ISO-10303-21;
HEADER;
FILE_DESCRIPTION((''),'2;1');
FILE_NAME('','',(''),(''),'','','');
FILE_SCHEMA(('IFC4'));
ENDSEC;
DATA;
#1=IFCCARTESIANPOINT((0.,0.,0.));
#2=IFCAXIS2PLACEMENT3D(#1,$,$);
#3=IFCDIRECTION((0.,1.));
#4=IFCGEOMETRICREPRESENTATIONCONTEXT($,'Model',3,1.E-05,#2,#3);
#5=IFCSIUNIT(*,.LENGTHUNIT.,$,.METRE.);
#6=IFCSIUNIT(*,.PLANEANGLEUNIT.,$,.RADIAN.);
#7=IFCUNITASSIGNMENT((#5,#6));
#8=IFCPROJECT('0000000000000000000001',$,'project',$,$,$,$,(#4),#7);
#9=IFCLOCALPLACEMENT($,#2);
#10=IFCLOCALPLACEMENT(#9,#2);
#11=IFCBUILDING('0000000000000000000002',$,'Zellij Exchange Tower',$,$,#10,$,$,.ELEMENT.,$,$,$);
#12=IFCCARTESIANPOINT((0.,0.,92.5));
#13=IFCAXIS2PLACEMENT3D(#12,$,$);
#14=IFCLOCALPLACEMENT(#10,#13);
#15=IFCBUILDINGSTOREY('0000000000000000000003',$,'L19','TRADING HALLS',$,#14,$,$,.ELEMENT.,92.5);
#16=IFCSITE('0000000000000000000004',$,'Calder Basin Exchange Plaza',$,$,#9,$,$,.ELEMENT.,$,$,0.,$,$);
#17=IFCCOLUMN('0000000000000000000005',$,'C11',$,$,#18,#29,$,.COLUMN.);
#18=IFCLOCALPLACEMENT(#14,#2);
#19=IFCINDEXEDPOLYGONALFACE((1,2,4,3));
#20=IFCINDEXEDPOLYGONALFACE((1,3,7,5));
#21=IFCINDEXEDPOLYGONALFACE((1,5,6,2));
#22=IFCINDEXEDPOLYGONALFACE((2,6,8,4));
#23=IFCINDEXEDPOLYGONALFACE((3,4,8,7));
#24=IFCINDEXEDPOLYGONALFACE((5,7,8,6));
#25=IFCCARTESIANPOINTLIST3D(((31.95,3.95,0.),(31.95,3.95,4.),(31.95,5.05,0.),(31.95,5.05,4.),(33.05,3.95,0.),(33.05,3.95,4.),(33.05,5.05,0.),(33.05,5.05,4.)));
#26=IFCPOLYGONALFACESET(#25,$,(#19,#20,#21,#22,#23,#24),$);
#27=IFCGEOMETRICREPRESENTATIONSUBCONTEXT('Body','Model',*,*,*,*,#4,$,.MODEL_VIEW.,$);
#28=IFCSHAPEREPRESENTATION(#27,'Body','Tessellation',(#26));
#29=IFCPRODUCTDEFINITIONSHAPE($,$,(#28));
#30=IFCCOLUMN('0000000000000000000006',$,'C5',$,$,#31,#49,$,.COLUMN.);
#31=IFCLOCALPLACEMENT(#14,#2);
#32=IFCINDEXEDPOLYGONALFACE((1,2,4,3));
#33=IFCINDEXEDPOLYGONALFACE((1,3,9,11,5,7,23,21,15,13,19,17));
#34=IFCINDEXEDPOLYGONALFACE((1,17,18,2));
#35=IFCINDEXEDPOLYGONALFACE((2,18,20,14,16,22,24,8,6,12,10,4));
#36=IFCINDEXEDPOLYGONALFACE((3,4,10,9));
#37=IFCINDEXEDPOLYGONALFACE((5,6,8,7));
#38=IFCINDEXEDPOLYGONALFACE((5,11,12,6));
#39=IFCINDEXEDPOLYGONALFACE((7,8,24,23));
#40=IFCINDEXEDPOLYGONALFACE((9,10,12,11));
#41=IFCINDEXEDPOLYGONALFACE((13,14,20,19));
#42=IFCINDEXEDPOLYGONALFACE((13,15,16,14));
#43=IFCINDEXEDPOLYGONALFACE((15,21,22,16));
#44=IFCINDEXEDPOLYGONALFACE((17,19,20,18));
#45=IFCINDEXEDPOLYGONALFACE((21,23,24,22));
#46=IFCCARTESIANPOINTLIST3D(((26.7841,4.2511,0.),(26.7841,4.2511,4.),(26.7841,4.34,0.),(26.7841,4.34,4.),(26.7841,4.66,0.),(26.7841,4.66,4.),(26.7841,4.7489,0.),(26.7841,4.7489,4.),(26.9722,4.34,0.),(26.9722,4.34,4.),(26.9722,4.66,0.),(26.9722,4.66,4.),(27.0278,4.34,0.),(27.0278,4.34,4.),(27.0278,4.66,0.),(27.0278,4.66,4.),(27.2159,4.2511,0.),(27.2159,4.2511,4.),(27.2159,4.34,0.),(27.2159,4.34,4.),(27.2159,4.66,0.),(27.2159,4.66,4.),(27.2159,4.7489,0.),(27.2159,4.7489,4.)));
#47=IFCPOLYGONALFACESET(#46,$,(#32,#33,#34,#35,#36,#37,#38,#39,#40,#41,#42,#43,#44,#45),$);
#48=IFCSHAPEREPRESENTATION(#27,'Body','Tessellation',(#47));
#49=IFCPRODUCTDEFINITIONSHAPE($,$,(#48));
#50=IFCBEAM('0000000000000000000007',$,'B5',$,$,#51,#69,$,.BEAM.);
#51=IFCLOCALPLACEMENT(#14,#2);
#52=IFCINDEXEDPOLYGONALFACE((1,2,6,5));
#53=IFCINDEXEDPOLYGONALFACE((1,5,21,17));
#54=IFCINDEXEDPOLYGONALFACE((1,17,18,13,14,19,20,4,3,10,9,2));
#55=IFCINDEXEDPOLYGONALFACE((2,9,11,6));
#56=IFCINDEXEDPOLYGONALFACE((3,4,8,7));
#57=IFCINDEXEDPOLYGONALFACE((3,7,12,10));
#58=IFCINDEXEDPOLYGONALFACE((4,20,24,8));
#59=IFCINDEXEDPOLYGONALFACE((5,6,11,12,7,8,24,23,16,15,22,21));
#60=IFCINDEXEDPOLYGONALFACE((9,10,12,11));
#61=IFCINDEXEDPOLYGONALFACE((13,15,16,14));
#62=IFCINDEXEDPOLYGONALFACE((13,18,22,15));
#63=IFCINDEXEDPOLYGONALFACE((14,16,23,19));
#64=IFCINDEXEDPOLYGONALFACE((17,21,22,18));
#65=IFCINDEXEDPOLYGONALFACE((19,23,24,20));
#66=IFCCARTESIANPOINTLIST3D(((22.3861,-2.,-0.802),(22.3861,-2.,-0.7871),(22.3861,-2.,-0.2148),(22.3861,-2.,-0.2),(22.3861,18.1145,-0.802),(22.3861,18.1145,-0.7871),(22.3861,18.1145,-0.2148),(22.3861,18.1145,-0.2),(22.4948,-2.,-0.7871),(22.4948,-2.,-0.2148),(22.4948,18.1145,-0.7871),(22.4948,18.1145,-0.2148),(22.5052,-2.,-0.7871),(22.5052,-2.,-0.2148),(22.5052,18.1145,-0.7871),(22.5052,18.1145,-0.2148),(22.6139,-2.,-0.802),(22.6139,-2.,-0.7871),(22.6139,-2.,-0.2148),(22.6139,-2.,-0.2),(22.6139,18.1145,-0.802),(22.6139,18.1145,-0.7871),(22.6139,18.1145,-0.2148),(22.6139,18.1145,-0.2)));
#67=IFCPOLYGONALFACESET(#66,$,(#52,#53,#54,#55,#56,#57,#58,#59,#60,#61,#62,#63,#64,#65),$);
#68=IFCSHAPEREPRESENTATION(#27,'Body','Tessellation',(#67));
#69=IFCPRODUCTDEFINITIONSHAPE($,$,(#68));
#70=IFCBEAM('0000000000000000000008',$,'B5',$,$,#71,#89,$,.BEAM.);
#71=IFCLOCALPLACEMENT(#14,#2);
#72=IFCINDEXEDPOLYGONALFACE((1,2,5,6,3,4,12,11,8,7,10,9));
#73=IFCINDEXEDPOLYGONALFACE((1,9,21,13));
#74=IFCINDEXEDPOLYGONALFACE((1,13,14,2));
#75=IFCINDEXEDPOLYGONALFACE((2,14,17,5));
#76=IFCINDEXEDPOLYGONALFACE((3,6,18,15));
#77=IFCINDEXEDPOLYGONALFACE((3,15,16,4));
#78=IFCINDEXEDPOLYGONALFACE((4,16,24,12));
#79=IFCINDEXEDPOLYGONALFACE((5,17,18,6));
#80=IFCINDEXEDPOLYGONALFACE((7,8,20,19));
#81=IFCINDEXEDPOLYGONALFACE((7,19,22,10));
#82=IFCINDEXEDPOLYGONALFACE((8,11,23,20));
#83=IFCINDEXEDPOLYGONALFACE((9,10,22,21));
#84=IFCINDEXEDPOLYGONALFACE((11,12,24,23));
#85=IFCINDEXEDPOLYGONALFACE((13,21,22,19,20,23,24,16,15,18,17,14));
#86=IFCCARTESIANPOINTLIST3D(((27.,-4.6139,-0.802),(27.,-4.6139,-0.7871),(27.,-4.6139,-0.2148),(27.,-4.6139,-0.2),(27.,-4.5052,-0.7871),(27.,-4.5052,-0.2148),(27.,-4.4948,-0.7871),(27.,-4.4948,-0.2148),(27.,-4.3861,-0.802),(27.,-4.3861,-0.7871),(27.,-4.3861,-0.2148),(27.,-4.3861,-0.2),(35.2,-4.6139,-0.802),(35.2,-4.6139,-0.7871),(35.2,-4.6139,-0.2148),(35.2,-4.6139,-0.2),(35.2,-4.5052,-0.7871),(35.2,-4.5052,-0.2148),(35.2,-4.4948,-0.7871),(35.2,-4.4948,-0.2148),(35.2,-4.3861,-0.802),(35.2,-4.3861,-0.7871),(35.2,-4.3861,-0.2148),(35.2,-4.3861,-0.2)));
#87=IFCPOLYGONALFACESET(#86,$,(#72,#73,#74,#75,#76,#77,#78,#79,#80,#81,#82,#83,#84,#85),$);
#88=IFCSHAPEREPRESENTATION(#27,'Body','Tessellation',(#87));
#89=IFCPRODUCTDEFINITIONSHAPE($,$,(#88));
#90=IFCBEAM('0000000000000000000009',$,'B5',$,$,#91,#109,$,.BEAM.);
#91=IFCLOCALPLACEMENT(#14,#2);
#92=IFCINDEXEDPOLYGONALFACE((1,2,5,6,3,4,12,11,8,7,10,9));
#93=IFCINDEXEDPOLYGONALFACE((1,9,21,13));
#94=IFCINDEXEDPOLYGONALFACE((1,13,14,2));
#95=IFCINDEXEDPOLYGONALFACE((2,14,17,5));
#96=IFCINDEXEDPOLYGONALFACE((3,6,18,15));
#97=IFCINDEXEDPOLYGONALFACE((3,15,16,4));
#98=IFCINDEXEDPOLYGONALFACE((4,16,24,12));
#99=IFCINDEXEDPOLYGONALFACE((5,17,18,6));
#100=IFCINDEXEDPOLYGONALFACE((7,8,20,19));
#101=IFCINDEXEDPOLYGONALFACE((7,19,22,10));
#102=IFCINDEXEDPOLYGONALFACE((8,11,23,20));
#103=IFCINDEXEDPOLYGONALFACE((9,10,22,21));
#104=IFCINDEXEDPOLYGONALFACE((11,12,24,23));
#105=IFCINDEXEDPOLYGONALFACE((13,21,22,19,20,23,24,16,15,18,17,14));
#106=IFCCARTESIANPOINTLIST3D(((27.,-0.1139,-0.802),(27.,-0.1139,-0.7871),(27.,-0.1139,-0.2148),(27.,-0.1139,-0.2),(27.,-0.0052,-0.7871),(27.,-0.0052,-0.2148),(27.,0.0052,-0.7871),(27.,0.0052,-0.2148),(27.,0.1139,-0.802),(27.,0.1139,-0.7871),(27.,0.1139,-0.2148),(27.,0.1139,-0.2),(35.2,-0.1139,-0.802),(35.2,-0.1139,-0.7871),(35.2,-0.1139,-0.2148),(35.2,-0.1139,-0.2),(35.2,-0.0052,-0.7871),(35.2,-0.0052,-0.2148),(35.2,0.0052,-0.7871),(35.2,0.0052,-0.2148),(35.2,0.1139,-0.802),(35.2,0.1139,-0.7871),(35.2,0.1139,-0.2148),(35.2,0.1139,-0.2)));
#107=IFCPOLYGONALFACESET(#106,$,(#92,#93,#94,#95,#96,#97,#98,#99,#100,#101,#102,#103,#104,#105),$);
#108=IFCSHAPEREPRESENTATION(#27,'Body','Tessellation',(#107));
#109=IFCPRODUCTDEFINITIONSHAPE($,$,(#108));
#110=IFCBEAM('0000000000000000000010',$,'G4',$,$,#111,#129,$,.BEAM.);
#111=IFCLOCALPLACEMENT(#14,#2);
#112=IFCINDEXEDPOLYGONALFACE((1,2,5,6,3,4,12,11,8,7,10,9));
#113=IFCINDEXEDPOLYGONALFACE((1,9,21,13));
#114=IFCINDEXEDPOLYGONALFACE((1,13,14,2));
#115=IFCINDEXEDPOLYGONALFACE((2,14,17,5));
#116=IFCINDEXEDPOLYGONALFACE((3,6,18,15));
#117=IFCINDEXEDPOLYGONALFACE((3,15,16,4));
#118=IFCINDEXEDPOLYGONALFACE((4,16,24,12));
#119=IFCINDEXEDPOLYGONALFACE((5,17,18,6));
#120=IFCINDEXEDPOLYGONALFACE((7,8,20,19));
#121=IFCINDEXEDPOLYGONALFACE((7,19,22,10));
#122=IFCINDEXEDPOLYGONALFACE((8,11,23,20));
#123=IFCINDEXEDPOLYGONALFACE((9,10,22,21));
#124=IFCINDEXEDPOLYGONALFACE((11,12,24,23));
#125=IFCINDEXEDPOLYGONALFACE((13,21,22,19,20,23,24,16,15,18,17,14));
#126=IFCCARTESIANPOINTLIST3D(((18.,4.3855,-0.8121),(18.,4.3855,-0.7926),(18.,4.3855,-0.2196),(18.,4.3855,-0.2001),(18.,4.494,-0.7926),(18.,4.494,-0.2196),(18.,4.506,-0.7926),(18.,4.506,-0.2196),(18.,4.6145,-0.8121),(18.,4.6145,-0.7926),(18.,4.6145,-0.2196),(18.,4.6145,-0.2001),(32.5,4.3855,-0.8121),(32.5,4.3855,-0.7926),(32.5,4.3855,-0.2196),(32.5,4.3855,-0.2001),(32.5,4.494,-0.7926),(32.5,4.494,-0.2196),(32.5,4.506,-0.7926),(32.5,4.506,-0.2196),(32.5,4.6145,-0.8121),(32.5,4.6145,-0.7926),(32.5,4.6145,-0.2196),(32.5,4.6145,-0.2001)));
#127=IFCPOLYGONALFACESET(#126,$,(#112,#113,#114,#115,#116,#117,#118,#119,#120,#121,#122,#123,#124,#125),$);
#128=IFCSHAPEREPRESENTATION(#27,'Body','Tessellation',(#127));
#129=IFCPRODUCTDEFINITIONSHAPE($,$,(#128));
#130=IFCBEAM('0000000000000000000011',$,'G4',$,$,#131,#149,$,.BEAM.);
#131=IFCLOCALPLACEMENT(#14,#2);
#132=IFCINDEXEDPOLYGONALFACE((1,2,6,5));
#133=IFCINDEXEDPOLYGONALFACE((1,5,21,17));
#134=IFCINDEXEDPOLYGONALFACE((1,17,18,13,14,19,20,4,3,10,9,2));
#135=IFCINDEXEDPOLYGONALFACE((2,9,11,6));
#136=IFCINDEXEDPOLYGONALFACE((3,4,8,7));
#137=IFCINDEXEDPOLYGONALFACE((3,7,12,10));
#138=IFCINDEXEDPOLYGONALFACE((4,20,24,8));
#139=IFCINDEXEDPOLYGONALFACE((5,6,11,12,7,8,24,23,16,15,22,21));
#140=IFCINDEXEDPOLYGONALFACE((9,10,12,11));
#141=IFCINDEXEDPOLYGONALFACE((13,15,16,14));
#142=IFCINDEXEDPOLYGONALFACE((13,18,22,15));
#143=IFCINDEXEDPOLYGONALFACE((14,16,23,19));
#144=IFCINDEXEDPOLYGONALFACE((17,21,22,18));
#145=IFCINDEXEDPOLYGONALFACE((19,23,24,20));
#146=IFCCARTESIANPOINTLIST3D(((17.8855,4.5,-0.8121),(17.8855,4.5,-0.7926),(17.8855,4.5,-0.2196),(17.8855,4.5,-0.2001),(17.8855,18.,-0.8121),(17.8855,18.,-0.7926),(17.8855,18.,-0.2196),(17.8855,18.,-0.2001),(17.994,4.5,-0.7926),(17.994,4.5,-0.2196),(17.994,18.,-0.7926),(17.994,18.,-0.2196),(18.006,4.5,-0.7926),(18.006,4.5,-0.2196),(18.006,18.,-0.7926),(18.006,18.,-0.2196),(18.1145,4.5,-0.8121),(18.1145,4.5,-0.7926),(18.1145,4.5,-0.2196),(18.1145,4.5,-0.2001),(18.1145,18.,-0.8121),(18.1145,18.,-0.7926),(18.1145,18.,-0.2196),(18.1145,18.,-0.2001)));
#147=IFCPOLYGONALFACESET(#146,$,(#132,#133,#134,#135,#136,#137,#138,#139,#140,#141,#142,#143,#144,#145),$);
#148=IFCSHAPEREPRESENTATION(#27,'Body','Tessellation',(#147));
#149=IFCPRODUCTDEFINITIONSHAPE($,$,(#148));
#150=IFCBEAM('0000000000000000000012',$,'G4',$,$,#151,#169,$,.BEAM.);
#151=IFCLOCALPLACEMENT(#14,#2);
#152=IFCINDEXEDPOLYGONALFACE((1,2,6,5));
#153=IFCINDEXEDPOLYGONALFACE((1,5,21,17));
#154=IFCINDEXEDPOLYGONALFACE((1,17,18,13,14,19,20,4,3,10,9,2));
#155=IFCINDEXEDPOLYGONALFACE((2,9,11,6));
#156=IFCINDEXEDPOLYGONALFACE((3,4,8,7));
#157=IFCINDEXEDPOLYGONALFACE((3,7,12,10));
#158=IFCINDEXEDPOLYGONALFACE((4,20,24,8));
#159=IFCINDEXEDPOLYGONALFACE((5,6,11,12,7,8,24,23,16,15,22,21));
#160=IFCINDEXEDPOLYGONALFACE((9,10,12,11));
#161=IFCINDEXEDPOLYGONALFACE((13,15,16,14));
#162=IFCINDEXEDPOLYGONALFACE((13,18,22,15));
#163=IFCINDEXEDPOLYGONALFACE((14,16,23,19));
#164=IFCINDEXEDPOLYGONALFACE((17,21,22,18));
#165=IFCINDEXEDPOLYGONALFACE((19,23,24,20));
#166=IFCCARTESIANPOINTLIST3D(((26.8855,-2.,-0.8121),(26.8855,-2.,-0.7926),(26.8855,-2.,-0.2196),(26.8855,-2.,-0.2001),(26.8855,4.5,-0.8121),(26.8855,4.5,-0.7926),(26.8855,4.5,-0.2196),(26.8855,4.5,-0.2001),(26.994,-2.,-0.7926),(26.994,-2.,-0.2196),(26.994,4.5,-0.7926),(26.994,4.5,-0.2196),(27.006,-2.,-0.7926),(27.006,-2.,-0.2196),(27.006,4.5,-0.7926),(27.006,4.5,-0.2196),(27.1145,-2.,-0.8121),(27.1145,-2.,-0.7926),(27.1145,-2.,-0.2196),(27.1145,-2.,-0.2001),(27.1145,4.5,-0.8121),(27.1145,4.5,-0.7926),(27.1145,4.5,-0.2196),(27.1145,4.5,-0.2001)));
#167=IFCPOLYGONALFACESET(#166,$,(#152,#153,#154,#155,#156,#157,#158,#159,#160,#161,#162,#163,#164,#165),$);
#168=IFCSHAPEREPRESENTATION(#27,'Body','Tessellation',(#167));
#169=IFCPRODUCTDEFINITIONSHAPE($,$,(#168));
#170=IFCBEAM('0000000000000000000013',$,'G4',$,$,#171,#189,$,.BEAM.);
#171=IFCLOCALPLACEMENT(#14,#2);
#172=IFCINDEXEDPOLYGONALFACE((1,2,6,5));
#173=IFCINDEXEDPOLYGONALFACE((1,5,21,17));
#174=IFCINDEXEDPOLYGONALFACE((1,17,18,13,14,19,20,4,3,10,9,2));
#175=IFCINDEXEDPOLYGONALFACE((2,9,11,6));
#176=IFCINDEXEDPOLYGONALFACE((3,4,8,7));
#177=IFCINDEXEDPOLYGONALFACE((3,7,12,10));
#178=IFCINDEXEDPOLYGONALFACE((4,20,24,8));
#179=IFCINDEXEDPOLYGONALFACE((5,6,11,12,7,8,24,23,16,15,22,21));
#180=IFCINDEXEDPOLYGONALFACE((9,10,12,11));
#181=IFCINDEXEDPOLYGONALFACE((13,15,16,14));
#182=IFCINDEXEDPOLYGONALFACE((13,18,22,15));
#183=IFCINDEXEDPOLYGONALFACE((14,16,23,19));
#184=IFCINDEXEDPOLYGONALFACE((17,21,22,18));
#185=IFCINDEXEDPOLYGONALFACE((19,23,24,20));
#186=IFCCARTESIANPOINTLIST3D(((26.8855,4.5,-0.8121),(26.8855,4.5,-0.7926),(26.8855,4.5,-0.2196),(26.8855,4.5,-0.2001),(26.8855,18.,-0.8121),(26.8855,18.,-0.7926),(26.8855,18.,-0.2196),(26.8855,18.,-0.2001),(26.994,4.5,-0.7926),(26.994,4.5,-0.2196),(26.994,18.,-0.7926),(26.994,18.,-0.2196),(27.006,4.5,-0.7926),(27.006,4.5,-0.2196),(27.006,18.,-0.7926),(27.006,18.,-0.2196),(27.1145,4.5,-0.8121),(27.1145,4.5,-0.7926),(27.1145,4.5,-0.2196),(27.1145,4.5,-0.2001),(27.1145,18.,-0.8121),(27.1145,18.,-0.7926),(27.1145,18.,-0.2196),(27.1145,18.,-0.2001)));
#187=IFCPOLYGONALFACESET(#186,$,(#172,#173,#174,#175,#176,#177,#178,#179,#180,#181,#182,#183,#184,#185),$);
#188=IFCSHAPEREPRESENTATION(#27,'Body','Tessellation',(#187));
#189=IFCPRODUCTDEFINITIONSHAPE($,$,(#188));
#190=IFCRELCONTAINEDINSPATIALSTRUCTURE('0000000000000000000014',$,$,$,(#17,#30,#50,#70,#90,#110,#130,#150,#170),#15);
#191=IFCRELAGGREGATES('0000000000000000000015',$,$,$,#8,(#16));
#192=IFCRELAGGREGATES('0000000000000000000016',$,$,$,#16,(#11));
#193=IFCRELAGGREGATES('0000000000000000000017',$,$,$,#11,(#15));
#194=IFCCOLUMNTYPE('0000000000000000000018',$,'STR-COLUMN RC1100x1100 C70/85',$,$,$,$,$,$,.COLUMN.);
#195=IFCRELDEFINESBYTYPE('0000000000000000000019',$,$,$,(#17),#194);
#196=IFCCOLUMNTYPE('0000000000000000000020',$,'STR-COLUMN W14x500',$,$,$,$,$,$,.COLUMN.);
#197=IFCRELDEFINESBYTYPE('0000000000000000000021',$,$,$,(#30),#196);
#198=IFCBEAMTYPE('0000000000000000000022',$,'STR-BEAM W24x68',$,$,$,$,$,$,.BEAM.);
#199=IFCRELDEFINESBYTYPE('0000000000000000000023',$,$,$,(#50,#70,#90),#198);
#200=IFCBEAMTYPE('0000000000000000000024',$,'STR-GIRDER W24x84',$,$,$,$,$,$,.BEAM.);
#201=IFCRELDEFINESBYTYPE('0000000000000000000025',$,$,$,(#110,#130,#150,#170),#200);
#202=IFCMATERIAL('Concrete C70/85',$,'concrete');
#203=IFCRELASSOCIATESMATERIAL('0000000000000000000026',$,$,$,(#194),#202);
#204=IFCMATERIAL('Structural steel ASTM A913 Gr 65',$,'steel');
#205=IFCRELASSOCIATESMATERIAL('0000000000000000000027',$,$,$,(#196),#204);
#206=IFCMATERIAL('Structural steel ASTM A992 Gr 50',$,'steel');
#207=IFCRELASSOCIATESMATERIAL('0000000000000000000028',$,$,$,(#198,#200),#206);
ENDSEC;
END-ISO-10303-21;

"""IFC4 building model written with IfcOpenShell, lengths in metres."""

from ifc_helpers import new_model, si_unit, direction, frame, origin, origin_2d, place, context, subcontext, project, spatial, rectangle, i_section, extrude, material, material_profile, profile_set, type_object, element, save


model = new_model("IFC4")

# Units and contexts
model_context = context("Model", 3, precision=1e-05, world=origin(), true_north=direction((0.0, 1.0)))
body_context = subcontext(model_context, "Body", "Model", "MODEL_VIEW")
ifc_project = project(units=[si_unit("LENGTHUNIT", "METRE"), si_unit("PLANEANGLEUNIT", "RADIAN")], contexts=[model_context])

# Site, building, storey
site_placement = place(None, origin())
site = spatial("IfcSite", under=ifc_project, at=site_placement, Name="Calder Basin Exchange Plaza", CompositionType="ELEMENT", RefElevation=0.0)
building_placement = place(site_placement, origin())
building = spatial("IfcBuilding", under=site, at=building_placement, Name="Zellij Exchange Tower", CompositionType="ELEMENT")
storey_placement = place(building_placement, frame((0.0, 0.0, 92.5)))
storey = spatial("IfcBuildingStorey", under=building, at=storey_placement, Name="L19", Description="TRADING HALLS", CompositionType="ELEMENT", Elevation=92.5)

# Columns
ifc_material_1 = material(Name="Concrete C70/85", Category="concrete")
ifc_material_profile_1 = material_profile(ifc_material_1, rectangle(XDim=1.1001, YDim=1.1001, at=origin_2d()), Name="STR-COLUMN RC1100x1100 C70/85")
ifc_profile_set_1 = profile_set([ifc_material_profile_1], Name="Concrete C70/85")
column_type_1 = type_object("IfcColumnType", Name="STR-COLUMN RC1100x1100 C70/85", PredefinedType="COLUMN", material=ifc_profile_set_1)
column_1_placement = place(storey_placement, frame((32.5, 4.5, 0.0), z_axis=(0.0, 0.0, 1.0), x_axis=(1.0, 0.0, 0.0)))
element("IfcColumn", 1, at=column_1_placement, inside=storey, type_object=column_type_1, Name="C11", PredefinedType="COLUMN", context=body_context, shape_type="SweptSolid", body=[
    extrude(rectangle(XDim=1.1001, YDim=1.1001, at=origin_2d()), origin(), (0.0, 0.0, 1.0), 4.0),
])
ifc_material_2 = material(Name="Structural steel ASTM A913 Gr 65", Category="steel")
ifc_material_profile_2 = material_profile(ifc_material_2, i_section(OverallWidth=0.4319, OverallDepth=0.4978, WebThickness=0.0557, FlangeThickness=0.0889, at=origin_2d()), Name="W14x500")
ifc_profile_set_2 = profile_set([ifc_material_profile_2], Name="Structural steel ASTM A913 Gr 65")
column_type_2 = type_object("IfcColumnType", Name="STR-COLUMN W14x500", PredefinedType="COLUMN", material=ifc_profile_set_2)
column_2_placement = place(storey_placement, frame((27.0, 4.5, 0.0), z_axis=(0.0, 0.0, 1.0), x_axis=(1.0, 0.0, 0.0)))
element("IfcColumn", 2, at=column_2_placement, inside=storey, type_object=column_type_2, Name="C5", PredefinedType="COLUMN", context=body_context, shape_type="SweptSolid", body=[
    extrude(i_section(OverallWidth=0.4319, OverallDepth=0.4978, WebThickness=0.0557, FlangeThickness=0.0889, at=origin_2d()), origin(), (0.0, 0.0, 1.0), 4.0),
])

# Beams
ifc_material_3 = material(Name="Structural steel ASTM A992 Gr 50", Category="steel")
ifc_material_profile_3 = material_profile(ifc_material_3, i_section(OverallWidth=0.2278, OverallDepth=0.6021, WebThickness=0.0105, FlangeThickness=0.0149, at=origin_2d()), Name="W24x68")
ifc_profile_set_3 = profile_set([ifc_material_profile_3], Name="Structural steel ASTM A992 Gr 50")
beam_type_1 = type_object("IfcBeamType", Name="STR-BEAM W24x68", PredefinedType="BEAM", material=ifc_profile_set_3)
beam_1_placement = place(storey_placement, frame((22.5, -2.0, -0.501), z_axis=(0.0, 1.0, 0.0), x_axis=(-1.0, 0.0, 0.0)))
element("IfcBeam", 3, at=beam_1_placement, inside=storey, type_object=beam_type_1, Name="B5", PredefinedType="BEAM", context=body_context, shape_type="SweptSolid", body=[
    extrude(i_section(OverallWidth=0.2278, OverallDepth=0.6021, WebThickness=0.0105, FlangeThickness=0.0149, at=origin_2d()), origin(), (0.0, 0.0, 1.0), 20.1145),
])
for number, where, z_axis, x_axis, name in (
    (4, (27.0, -4.5, -0.501), (1.0, 0.0, 0.0), (0.0, 1.0, 0.0), "B5"),
    (5, (27.0, 0.0, -0.501), (1.0, 0.0, 0.0), (0.0, 1.0, 0.0), "B5"),
):
    element("IfcBeam", number, at=place(storey_placement, frame(where, z_axis=z_axis, x_axis=x_axis)), inside=storey, type_object=beam_type_1, Name=name, PredefinedType="BEAM", context=body_context, shape_type="SweptSolid", body=[
        extrude(i_section(OverallWidth=0.2278, OverallDepth=0.6021, WebThickness=0.0105, FlangeThickness=0.0149, at=origin_2d()), origin(), (0.0, 0.0, 1.0), 8.2),
    ])
ifc_material_profile_4 = material_profile(ifc_material_3, i_section(OverallWidth=0.229, OverallDepth=0.6121, WebThickness=0.012, FlangeThickness=0.0195, at=origin_2d()), Name="W24x84")
ifc_profile_set_4 = profile_set([ifc_material_profile_4], Name="Structural steel ASTM A992 Gr 50")
beam_type_2 = type_object("IfcBeamType", Name="STR-GIRDER W24x84", PredefinedType="BEAM", material=ifc_profile_set_4)
beam_2_placement = place(storey_placement, frame((18.0, 4.5, -0.5061), z_axis=(1.0, 0.0, 0.0), x_axis=(0.0, 1.0, 0.0)))
element("IfcBeam", 6, at=beam_2_placement, inside=storey, type_object=beam_type_2, Name="G4", PredefinedType="BEAM", context=body_context, shape_type="SweptSolid", body=[
    extrude(i_section(OverallWidth=0.229, OverallDepth=0.6121, WebThickness=0.012, FlangeThickness=0.0195, at=origin_2d()), origin(), (0.0, 0.0, 1.0), 14.5),
])
beam_3_placement = place(storey_placement, frame((18.0, 4.5, -0.5061), z_axis=(0.0, 1.0, 0.0), x_axis=(-1.0, 0.0, 0.0)))
element("IfcBeam", 7, at=beam_3_placement, inside=storey, type_object=beam_type_2, Name="G4", PredefinedType="BEAM", context=body_context, shape_type="SweptSolid", body=[
    extrude(i_section(OverallWidth=0.229, OverallDepth=0.6121, WebThickness=0.012, FlangeThickness=0.0195, at=origin_2d()), origin(), (0.0, 0.0, 1.0), 13.5),
])
beam_4_placement = place(storey_placement, frame((27.0, -2.0, -0.5061), z_axis=(0.0, 1.0, 0.0), x_axis=(-1.0, 0.0, 0.0)))
element("IfcBeam", 8, at=beam_4_placement, inside=storey, type_object=beam_type_2, Name="G4", PredefinedType="BEAM", context=body_context, shape_type="SweptSolid", body=[
    extrude(i_section(OverallWidth=0.229, OverallDepth=0.6121, WebThickness=0.012, FlangeThickness=0.0195, at=origin_2d()), origin(), (0.0, 0.0, 1.0), 6.5),
])
beam_5_placement = place(storey_placement, frame((27.0, 4.5, -0.5061), z_axis=(0.0, 1.0, 0.0), x_axis=(-1.0, 0.0, 0.0)))
element("IfcBeam", 9, at=beam_5_placement, inside=storey, type_object=beam_type_2, Name="G4", PredefinedType="BEAM", context=body_context, shape_type="SweptSolid", body=[
    extrude(i_section(OverallWidth=0.229, OverallDepth=0.6121, WebThickness=0.012, FlangeThickness=0.0195, at=origin_2d()), origin(), (0.0, 0.0, 1.0), 13.5),
])

save(model, "model.ifc")
